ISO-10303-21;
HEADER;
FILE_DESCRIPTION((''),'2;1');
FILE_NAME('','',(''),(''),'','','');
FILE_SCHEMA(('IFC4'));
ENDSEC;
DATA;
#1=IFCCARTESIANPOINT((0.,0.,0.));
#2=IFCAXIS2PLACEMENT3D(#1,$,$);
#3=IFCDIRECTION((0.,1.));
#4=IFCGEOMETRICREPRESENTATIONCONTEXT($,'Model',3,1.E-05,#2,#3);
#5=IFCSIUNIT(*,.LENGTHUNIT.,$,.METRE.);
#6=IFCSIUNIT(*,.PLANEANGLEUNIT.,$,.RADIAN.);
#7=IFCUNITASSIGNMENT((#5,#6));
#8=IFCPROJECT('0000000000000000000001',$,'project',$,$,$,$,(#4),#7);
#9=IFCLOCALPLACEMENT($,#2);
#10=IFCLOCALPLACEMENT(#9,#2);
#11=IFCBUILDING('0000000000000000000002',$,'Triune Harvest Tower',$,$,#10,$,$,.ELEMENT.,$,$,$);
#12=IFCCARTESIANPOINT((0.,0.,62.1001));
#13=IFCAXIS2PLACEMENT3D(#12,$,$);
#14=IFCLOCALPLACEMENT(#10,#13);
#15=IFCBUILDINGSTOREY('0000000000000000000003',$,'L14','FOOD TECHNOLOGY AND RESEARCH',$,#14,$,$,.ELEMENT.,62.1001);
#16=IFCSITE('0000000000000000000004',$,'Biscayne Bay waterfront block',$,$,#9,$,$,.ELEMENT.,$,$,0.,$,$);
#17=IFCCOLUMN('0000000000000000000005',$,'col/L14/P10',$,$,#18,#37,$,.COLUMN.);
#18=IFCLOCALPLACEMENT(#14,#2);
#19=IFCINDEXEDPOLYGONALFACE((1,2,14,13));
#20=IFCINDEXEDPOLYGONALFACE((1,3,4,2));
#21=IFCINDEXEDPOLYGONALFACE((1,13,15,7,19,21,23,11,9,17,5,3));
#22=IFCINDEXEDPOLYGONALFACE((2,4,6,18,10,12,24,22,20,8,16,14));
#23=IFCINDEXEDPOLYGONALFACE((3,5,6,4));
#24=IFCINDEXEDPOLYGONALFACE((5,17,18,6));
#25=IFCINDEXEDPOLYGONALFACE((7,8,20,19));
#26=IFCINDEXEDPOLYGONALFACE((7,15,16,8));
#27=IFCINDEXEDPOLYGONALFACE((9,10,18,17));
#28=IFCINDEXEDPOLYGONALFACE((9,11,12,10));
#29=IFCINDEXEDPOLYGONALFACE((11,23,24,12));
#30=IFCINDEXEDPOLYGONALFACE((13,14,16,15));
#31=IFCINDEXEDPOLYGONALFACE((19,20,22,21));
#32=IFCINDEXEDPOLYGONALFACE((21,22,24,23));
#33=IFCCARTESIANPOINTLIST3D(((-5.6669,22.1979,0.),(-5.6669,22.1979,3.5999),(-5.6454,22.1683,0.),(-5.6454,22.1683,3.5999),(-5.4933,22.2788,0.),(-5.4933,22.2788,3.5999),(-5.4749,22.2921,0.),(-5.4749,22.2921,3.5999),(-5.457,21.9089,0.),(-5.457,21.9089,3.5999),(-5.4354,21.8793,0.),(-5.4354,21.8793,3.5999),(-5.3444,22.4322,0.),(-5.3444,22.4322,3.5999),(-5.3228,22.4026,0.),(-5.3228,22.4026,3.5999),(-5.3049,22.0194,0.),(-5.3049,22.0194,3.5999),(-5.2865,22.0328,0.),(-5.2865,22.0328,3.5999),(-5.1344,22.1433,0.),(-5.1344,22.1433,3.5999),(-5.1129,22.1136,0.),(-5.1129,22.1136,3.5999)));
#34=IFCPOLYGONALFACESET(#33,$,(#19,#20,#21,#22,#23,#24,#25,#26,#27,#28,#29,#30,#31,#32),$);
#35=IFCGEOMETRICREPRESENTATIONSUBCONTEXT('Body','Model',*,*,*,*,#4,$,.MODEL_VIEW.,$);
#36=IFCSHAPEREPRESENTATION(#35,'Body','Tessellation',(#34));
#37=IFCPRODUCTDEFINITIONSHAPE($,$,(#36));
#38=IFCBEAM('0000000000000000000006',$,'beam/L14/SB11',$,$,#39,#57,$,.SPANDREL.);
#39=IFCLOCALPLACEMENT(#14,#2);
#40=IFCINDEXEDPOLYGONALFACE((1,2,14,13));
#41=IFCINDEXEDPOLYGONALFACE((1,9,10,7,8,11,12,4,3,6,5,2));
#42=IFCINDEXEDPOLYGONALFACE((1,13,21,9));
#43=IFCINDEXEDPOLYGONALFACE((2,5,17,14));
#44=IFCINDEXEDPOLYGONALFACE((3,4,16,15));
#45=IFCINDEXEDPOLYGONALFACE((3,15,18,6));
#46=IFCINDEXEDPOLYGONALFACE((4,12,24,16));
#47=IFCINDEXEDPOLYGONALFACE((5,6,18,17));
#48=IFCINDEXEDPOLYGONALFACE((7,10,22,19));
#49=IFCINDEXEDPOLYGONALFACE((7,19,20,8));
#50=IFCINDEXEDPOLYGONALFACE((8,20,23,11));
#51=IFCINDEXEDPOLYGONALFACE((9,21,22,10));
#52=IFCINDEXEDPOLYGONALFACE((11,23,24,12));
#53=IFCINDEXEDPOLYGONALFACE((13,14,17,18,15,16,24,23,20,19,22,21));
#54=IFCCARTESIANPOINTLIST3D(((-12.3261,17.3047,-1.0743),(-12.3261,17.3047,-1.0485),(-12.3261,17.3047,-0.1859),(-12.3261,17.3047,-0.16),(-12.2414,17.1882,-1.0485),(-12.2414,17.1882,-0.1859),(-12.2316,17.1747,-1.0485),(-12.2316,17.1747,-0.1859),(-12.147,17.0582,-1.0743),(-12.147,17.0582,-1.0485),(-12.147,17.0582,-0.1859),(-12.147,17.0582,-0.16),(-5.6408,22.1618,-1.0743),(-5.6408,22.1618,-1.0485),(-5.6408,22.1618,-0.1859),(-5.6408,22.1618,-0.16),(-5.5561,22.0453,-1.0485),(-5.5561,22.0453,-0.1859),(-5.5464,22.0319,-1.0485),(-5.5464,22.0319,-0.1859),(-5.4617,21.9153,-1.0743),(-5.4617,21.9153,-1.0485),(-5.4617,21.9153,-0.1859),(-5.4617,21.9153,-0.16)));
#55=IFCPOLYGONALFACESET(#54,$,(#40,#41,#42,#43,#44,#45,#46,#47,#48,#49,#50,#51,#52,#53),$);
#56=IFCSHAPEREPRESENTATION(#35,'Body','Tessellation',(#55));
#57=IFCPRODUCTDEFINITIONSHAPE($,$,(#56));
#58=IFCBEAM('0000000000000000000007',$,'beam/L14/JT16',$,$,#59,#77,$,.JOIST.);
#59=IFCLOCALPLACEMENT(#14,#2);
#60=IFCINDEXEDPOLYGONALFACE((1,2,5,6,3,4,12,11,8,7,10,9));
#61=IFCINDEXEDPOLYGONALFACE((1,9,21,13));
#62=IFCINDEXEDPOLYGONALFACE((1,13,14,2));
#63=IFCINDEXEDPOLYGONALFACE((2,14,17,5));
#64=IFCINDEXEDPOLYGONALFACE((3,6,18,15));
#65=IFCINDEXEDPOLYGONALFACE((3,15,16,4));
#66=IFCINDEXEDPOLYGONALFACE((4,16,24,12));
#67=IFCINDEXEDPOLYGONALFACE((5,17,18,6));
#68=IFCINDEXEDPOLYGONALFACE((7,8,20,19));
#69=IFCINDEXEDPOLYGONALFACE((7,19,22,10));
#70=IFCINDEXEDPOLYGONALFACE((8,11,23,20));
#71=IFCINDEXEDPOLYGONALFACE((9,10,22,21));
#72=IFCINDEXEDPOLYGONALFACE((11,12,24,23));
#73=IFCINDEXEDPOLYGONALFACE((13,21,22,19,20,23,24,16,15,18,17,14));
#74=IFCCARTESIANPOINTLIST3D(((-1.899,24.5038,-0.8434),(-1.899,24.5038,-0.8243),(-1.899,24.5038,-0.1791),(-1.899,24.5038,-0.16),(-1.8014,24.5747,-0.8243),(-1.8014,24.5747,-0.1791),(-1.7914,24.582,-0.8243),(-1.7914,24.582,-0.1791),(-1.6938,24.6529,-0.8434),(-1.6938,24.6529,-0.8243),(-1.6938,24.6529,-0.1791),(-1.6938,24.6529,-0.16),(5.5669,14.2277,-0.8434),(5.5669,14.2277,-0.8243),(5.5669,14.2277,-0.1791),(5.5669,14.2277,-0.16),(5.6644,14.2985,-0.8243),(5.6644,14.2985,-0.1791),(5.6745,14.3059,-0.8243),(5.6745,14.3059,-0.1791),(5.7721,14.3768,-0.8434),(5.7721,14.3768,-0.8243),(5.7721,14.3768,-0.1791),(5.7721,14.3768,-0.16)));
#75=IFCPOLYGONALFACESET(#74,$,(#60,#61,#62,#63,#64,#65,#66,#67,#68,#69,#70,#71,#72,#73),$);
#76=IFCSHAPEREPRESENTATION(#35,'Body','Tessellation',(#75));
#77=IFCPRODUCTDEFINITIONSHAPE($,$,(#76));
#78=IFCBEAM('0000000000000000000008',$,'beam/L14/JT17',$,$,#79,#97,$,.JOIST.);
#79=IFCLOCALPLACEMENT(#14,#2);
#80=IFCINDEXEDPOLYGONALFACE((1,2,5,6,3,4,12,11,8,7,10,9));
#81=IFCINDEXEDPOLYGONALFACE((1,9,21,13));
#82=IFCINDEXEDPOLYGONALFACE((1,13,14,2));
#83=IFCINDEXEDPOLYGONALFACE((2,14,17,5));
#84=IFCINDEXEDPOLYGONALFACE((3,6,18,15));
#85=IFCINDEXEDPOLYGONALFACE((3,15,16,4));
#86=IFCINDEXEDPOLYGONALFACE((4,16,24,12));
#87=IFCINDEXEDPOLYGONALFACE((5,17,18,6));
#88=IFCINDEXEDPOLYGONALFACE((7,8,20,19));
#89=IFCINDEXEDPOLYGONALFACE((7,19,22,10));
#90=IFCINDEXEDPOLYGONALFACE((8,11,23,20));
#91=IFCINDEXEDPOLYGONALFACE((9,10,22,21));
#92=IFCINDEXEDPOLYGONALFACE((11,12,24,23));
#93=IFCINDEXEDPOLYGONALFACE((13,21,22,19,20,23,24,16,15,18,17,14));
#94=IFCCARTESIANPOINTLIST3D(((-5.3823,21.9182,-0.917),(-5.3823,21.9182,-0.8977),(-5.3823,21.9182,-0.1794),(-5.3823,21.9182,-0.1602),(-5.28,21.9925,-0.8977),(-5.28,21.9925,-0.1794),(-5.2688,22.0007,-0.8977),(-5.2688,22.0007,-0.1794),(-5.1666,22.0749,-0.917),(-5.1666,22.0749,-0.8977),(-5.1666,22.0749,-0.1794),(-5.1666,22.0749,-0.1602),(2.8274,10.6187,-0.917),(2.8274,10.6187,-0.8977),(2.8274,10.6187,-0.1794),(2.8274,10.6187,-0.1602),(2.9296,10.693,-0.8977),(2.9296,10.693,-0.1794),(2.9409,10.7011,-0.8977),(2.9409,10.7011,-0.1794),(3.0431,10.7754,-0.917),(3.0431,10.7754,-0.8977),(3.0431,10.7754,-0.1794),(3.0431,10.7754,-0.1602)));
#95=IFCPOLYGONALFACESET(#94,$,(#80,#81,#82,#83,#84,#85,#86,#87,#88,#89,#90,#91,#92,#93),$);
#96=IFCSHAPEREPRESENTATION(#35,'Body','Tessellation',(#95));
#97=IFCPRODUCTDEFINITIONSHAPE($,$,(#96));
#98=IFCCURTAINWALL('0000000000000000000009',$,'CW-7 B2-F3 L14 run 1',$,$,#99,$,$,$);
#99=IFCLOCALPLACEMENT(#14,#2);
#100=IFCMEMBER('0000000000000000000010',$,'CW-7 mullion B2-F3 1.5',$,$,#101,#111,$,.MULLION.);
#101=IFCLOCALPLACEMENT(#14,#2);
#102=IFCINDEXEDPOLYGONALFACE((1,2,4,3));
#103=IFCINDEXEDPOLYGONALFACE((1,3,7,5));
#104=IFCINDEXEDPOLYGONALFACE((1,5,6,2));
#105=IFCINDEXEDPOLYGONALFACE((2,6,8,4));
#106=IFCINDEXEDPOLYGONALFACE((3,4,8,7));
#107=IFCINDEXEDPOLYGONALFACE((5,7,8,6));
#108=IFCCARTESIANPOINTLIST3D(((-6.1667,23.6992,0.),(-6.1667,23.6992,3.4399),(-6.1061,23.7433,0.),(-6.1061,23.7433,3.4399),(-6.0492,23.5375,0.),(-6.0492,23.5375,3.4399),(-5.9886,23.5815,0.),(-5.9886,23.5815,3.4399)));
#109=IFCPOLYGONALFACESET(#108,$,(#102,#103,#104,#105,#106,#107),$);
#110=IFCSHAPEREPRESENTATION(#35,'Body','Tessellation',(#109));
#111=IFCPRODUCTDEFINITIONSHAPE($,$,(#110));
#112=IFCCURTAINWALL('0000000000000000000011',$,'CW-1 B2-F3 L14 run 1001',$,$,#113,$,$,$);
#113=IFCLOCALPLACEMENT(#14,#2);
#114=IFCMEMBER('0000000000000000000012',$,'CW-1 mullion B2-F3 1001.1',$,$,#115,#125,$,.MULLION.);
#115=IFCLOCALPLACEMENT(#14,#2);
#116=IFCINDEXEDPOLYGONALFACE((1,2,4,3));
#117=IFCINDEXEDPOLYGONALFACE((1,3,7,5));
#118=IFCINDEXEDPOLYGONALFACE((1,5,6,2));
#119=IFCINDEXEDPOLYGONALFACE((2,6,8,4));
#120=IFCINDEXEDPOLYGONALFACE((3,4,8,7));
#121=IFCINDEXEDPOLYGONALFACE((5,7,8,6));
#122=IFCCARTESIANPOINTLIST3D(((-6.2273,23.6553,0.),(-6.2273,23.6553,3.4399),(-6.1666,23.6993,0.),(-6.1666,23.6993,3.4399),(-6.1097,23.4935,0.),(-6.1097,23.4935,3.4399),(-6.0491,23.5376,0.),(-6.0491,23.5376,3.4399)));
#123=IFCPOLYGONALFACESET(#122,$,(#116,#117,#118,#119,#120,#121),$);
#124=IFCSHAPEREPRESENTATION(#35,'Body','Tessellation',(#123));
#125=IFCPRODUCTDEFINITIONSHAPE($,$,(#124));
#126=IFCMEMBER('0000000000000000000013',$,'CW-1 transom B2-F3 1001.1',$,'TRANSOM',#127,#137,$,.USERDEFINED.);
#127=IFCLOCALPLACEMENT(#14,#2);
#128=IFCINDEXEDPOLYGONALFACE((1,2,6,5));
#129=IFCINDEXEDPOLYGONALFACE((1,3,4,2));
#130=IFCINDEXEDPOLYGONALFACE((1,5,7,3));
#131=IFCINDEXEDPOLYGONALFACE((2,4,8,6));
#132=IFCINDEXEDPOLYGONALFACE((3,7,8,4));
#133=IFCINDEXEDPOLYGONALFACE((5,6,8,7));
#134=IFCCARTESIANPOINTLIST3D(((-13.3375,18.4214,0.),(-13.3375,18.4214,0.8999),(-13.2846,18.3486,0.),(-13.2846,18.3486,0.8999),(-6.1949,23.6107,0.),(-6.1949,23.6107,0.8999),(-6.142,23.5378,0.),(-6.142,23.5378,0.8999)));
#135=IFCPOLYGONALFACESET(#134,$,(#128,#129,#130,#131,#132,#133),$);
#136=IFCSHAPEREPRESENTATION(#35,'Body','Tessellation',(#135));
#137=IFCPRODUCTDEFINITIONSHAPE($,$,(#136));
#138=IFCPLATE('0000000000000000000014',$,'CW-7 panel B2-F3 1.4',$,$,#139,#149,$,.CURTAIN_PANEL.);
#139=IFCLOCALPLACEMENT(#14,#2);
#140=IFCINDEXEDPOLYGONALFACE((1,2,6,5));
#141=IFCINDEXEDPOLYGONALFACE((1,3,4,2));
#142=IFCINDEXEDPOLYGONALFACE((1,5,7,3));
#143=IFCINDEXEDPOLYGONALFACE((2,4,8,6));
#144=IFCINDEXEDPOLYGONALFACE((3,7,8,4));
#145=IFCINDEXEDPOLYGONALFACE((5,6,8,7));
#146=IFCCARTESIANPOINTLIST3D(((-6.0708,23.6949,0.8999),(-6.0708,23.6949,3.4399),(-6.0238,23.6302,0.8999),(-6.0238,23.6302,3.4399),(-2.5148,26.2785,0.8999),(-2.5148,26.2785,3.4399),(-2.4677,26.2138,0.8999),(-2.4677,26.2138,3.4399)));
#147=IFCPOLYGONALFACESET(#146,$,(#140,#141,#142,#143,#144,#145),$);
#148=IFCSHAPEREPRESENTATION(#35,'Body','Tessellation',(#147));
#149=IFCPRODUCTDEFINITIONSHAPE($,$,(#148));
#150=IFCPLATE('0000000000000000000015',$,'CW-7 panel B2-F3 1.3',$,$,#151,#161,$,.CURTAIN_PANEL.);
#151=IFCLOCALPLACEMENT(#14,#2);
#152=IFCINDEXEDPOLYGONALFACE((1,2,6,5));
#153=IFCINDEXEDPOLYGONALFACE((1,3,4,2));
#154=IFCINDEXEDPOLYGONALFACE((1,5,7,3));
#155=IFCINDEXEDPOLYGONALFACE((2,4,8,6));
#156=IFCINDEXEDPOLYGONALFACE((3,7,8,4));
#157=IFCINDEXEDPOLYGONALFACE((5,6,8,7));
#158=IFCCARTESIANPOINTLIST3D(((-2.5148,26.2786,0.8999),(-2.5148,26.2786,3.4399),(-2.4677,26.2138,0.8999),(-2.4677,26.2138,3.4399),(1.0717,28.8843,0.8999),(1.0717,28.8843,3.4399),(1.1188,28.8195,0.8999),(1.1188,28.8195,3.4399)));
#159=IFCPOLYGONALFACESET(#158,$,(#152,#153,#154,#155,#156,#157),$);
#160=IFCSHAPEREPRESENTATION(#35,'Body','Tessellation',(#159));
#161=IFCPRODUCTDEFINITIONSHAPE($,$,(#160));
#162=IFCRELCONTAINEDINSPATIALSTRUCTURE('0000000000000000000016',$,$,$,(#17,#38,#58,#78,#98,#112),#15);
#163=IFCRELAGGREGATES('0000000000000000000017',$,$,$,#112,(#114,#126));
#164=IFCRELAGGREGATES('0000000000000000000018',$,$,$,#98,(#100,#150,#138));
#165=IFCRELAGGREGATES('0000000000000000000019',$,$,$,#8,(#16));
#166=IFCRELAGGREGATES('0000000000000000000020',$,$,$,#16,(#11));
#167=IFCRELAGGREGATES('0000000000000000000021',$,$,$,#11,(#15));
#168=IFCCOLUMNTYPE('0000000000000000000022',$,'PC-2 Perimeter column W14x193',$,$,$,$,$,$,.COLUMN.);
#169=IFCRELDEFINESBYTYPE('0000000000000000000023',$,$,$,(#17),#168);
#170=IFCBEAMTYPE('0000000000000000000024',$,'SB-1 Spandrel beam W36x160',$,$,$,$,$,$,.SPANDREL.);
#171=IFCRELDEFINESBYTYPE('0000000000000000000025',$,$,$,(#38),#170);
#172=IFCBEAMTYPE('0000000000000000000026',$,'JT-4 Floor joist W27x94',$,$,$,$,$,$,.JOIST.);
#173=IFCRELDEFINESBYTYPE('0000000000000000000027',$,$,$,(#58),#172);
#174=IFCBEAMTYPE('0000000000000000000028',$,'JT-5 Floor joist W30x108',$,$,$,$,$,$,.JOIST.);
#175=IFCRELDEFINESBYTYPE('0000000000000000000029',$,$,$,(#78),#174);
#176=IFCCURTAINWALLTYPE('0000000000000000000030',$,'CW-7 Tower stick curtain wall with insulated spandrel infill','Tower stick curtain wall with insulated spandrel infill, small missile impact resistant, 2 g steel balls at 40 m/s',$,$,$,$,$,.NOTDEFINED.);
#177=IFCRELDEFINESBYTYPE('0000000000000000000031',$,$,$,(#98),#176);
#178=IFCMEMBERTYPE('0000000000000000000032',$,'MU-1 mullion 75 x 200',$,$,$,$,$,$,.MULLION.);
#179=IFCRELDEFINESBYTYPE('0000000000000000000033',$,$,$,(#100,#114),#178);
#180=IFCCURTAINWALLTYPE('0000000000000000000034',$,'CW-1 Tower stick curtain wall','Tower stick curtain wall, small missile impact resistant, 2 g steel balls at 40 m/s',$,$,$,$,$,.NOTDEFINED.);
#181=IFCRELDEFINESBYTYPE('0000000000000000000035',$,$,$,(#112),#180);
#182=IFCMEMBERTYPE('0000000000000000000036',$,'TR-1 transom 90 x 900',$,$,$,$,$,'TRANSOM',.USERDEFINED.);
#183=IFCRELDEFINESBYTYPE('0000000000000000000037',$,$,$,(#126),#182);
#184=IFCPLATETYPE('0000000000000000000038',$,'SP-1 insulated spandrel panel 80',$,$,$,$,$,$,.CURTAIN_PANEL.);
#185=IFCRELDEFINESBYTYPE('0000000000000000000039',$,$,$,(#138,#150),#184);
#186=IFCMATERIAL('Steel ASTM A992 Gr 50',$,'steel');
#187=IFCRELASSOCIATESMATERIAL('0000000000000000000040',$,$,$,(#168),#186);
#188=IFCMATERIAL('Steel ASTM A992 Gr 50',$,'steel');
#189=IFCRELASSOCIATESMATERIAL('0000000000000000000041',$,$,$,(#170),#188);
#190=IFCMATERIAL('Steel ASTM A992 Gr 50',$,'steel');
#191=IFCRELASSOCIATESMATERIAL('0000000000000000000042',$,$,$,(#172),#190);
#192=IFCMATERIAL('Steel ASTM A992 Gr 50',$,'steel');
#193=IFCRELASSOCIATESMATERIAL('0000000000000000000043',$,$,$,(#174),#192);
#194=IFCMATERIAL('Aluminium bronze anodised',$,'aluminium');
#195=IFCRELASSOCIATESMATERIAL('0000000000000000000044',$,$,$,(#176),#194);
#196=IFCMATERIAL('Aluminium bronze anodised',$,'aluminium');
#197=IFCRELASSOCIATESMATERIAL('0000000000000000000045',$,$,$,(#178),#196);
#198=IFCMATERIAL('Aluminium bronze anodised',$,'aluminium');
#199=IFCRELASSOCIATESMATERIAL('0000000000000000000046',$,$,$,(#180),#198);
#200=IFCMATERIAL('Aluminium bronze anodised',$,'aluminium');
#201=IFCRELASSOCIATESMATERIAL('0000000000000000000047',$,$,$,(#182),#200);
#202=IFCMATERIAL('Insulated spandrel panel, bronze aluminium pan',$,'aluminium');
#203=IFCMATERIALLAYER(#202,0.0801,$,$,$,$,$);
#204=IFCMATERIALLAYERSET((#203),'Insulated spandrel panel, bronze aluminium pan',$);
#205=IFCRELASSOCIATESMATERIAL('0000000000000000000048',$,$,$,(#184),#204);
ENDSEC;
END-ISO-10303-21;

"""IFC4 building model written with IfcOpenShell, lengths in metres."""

from ifc_helpers import new_model, si_unit, direction, frame, origin, origin_2d, place, context, subcontext, project, spatial, rectangle, i_section, extrude, source, transform, mapped, material, layer, layer_set, material_profile, profile_set, type_object, element, aggregate, save


model = new_model("IFC4")

# Units and contexts
model_context = context("Model", 3, precision=1e-05, world=origin(), true_north=direction((0.0, 1.0)))
body_context = subcontext(model_context, "Body", "Model", "MODEL_VIEW")
ifc_project = project(units=[si_unit("LENGTHUNIT", "METRE"), si_unit("PLANEANGLEUNIT", "RADIAN")], contexts=[model_context])

# Site, building, storey
site_placement = place(None, origin())
site = spatial("IfcSite", under=ifc_project, at=site_placement, Name="Biscayne Bay waterfront block", CompositionType="ELEMENT", RefElevation=0.0)
building_placement = place(site_placement, origin())
building = spatial("IfcBuilding", under=site, at=building_placement, Name="Triune Harvest Tower", CompositionType="ELEMENT")
storey_placement = place(building_placement, frame((0.0, 0.0, 62.1001)))
storey = spatial("IfcBuildingStorey", under=building, at=storey_placement, Name="L14", Description="FOOD TECHNOLOGY AND RESEARCH", CompositionType="ELEMENT", Elevation=62.1001)

# Column
ifc_material_1 = material(Name="Steel ASTM A992 Gr 50", Category="steel")
ifc_material_profile_1 = material_profile(ifc_material_1, i_section(OverallWidth=0.3987, OverallDepth=0.3938, WebThickness=0.0227, FlangeThickness=0.0366, at=origin_2d()), Name="W14x193")
ifc_profile_set_1 = profile_set([ifc_material_profile_1], Name="Steel ASTM A992 Gr 50")
column_type = type_object("IfcColumnType", Name="PC-2 Perimeter column W14x193", PredefinedType="COLUMN", material=ifc_profile_set_1)
shared_shape_1 = source(origin(), body_context, "Body", "SweptSolid", [
    extrude(i_section(OverallWidth=0.3987, OverallDepth=0.3938, WebThickness=0.0227, FlangeThickness=0.0366, at=origin_2d()), origin(), (0.0, 0.0, 1.0), 3.5999),
])
column_placement = place(storey_placement, frame((-5.3899, 22.1558, 0.0), z_axis=(0.0, 0.0, 1.0), x_axis=(-0.809017, -0.587785, 0.0)))
element("IfcColumn", 1, at=column_placement, inside=storey, type_object=column_type, Name="col/L14/P10", PredefinedType="COLUMN", context=body_context, shape_type="MappedRepresentation", body=[
    mapped(shared_shape_1, transform((0.0, 0.0, 0.0), scale=1.0)),
])

# Beams
ifc_material_2 = material(Name="Steel ASTM A992 Gr 50", Category="steel")
ifc_material_profile_2 = material_profile(ifc_material_2, i_section(OverallWidth=0.3047, OverallDepth=0.9143, WebThickness=0.0166, FlangeThickness=0.0259, at=origin_2d()), Name="W36x160")
ifc_profile_set_2 = profile_set([ifc_material_profile_2], Name="Steel ASTM A992 Gr 50")
beam_type_1 = type_object("IfcBeamType", Name="SB-1 Spandrel beam W36x160", PredefinedType="SPANDREL", material=ifc_profile_set_2)
shared_shape_2 = source(origin(), body_context, "Body", "SweptSolid", [
    extrude(i_section(OverallWidth=0.3047, OverallDepth=0.9143, WebThickness=0.0166, FlangeThickness=0.0259, at=origin_2d()), origin(), (0.0, 0.0, 1.0), 8.2634),
])
beam_1_placement = place(storey_placement, frame((-5.5513, 22.0386, -0.6172), z_axis=(-0.809016, -0.587787, 0.0), x_axis=(0.587787, -0.809016, 0.0)))
element("IfcBeam", 2, at=beam_1_placement, inside=storey, type_object=beam_type_1, Name="beam/L14/SB11", PredefinedType="SPANDREL", context=body_context, shape_type="MappedRepresentation", body=[
    mapped(shared_shape_2, transform((0.0, 0.0, 0.0), scale=1.0)),
])
ifc_material_3 = material(Name="Steel ASTM A992 Gr 50", Category="steel")
ifc_material_profile_3 = material_profile(ifc_material_3, i_section(OverallWidth=0.2537, OverallDepth=0.6833, WebThickness=0.0125, FlangeThickness=0.019, at=origin_2d()), Name="W27x94")
ifc_profile_set_3 = profile_set([ifc_material_profile_3], Name="Steel ASTM A992 Gr 50")
beam_type_2 = type_object("IfcBeamType", Name="JT-4 Floor joist W27x94", PredefinedType="JOIST", material=ifc_profile_set_3)
shared_shape_3 = source(origin(), body_context, "Body", "SweptSolid", [
    extrude(i_section(OverallWidth=0.2537, OverallDepth=0.6833, WebThickness=0.0125, FlangeThickness=0.019, at=origin_2d()), origin(), (0.0, 0.0, 1.0), 12.7019),
])
beam_2_placement = place(storey_placement, frame((-1.7964, 24.5784, -0.5017), z_axis=(0.587774, -0.809025, 0.0), x_axis=(0.809025, 0.587774, 0.0)))
element("IfcBeam", 3, at=beam_2_placement, inside=storey, type_object=beam_type_2, Name="beam/L14/JT16", PredefinedType="JOIST", context=body_context, shape_type="MappedRepresentation", body=[
    mapped(shared_shape_3, transform((0.0, 0.0, 0.0), scale=1.0)),
])
ifc_material_4 = material(Name="Steel ASTM A992 Gr 50", Category="steel")
ifc_material_profile_4 = material_profile(ifc_material_4, i_section(OverallWidth=0.2666, OverallDepth=0.7568, WebThickness=0.0139, FlangeThickness=0.0193, at=origin_2d()), Name="W30x108")
ifc_profile_set_4 = profile_set([ifc_material_profile_4], Name="Steel ASTM A992 Gr 50")
beam_type_3 = type_object("IfcBeamType", Name="JT-5 Floor joist W30x108", PredefinedType="JOIST", material=ifc_profile_set_4)
shared_shape_4 = source(origin(), body_context, "Body", "SweptSolid", [
    extrude(i_section(OverallWidth=0.2666, OverallDepth=0.7568, WebThickness=0.0139, FlangeThickness=0.0193, at=origin_2d()), origin(), (0.0, 0.0, 1.0), 13.967),
])
beam_3_placement = place(storey_placement, frame((-5.2744, 21.9966, -0.5386), z_axis=(0.58779, -0.809013, 0.0), x_axis=(0.809013, 0.58779, 0.0)))
element("IfcBeam", 4, at=beam_3_placement, inside=storey, type_object=beam_type_3, Name="beam/L14/JT17", PredefinedType="JOIST", context=body_context, shape_type="MappedRepresentation", body=[
    mapped(shared_shape_4, transform((0.0, 0.0, 0.0), scale=1.0)),
])

# Curtain wall, member
ifc_material_5 = material(Name="Aluminium bronze anodised", Category="aluminium")
curtain_wall_type_1 = type_object("IfcCurtainWallType", Name="CW-7 Tower stick curtain wall with insulated spandrel infill", Description="Tower stick curtain wall with insulated spandrel infill, small missile impact resistant, 2 g steel balls at 40 m/s", PredefinedType="NOTDEFINED", material=ifc_material_5)
curtain_wall_1_placement = place(storey_placement, origin())
curtain_wall_1 = element("IfcCurtainWall", 5, at=curtain_wall_1_placement, inside=storey, type_object=curtain_wall_type_1, Name="CW-7 B2-F3 L14 run 1")
ifc_material_6 = material(Name="Aluminium bronze anodised", Category="aluminium")
ifc_material_profile_5 = material_profile(ifc_material_6, rectangle(XDim=0.2, YDim=0.075, at=origin_2d()), Name="MU-1 mullion 75 x 200")
ifc_profile_set_5 = profile_set([ifc_material_profile_5], Name="Aluminium bronze anodised")
member_type_1 = type_object("IfcMemberType", Name="MU-1 mullion 75 x 200", PredefinedType="MULLION", material=ifc_profile_set_5)
shared_shape_5 = source(origin(), body_context, "Body", "SweptSolid", [
    extrude(rectangle(XDim=0.2, YDim=0.075, at=origin_2d()), origin(), (0.0, 0.0, 1.0), 3.4399),
])
member_1_placement = place(storey_placement, frame((-6.0776, 23.6404, 0.0), z_axis=(0.0, 0.0, 1.0), x_axis=(0.587783, -0.809018, 0.0)))
member_1 = element("IfcMember", 6, at=member_1_placement, type_object=member_type_1, Name="CW-7 mullion B2-F3 1.5", PredefinedType="MULLION", context=body_context, shape_type="MappedRepresentation", body=[
    mapped(shared_shape_5, transform((0.0, 0.0, 0.0), scale=1.0)),
])

# Curtain wall, members
ifc_material_7 = material(Name="Aluminium bronze anodised", Category="aluminium")
curtain_wall_type_2 = type_object("IfcCurtainWallType", Name="CW-1 Tower stick curtain wall", Description="Tower stick curtain wall, small missile impact resistant, 2 g steel balls at 40 m/s", PredefinedType="NOTDEFINED", material=ifc_material_7)
curtain_wall_2_placement = place(storey_placement, origin())
curtain_wall_2 = element("IfcCurtainWall", 7, at=curtain_wall_2_placement, inside=storey, type_object=curtain_wall_type_2, Name="CW-1 B2-F3 L14 run 1001")
member_2_placement = place(storey_placement, frame((-6.1382, 23.5964, 0.0), z_axis=(0.0, 0.0, 1.0), x_axis=(0.587786, -0.809016, 0.0)))
member_2 = element("IfcMember", 8, at=member_2_placement, type_object=member_type_1, Name="CW-1 mullion B2-F3 1001.1", PredefinedType="MULLION", context=body_context, shape_type="MappedRepresentation", body=[
    mapped(shared_shape_5, transform((0.0, 0.0, 0.0), scale=1.0)),
])
ifc_material_8 = material(Name="Aluminium bronze anodised", Category="aluminium")
ifc_material_profile_6 = material_profile(ifc_material_8, rectangle(XDim=0.0901, YDim=0.8999, at=origin_2d()), Name="TR-1 transom 90 x 900")
ifc_profile_set_6 = profile_set([ifc_material_profile_6], Name="Aluminium bronze anodised")
member_type_2 = type_object("IfcMemberType", Name="TR-1 transom 90 x 900", ElementType="TRANSOM", PredefinedType="USERDEFINED", material=ifc_profile_set_6)
shared_shape_6 = source(origin(), body_context, "Body", "SweptSolid", [
    extrude(rectangle(XDim=0.0901, YDim=0.8999, at=origin_2d()), origin(), (0.0, 0.0, 1.0), 8.8286),
])
member_3_placement = place(storey_placement, frame((-6.1685, 23.5742, 0.45), z_axis=(-0.809027, -0.587772, 0.0), x_axis=(0.587772, -0.809027, 0.0)))
member_3 = element("IfcMember", 9, at=member_3_placement, type_object=member_type_2, Name="CW-1 transom B2-F3 1001.1", ObjectType="TRANSOM", PredefinedType="USERDEFINED", context=body_context, shape_type="MappedRepresentation", body=[
    mapped(shared_shape_6, transform((0.0, 0.0, 0.0), scale=1.0)),
])
aggregate(curtain_wall_2, [member_2, member_3])

# Plates
ifc_material_9 = material(Name="Insulated spandrel panel, bronze aluminium pan", Category="aluminium")
ifc_layer_1 = layer(ifc_material_9, 0.0801)
ifc_layer_set_1 = layer_set([ifc_layer_1], Name="Insulated spandrel panel, bronze aluminium pan")
plate_type = type_object("IfcPlateType", Name="SP-1 insulated spandrel panel 80", PredefinedType="CURTAIN_PANEL", material=ifc_layer_set_1)
shared_shape_7 = source(origin(), body_context, "Body", "SweptSolid", [
    extrude(rectangle(XDim=4.3955, YDim=0.0801, at=origin_2d()), origin(), (0.0, 0.0, 1.0), 2.54),
])
plate_1_placement = place(storey_placement, frame((-4.2693, 24.9543, 0.8999), z_axis=(0.0, 0.0, 1.0), x_axis=(-0.809018, -0.587783, 0.0)))
plate_1 = element("IfcPlate", 10, at=plate_1_placement, type_object=plate_type, Name="CW-7 panel B2-F3 1.4", PredefinedType="CURTAIN_PANEL", context=body_context, shape_type="MappedRepresentation", body=[
    mapped(shared_shape_7, transform((0.0, 0.0, 0.0), scale=1.0)),
])
shared_shape_8 = source(origin(), body_context, "Body", "SweptSolid", [
    extrude(rectangle(XDim=4.4331, YDim=0.0801, at=origin_2d()), origin(), (0.0, 0.0, 1.0), 2.54),
])
plate_2_placement = place(storey_placement, frame((-0.698, 27.5491, 0.8999), z_axis=(0.0, 0.0, 1.0), x_axis=(-0.809018, -0.587783, 0.0)))
plate_2 = element("IfcPlate", 11, at=plate_2_placement, type_object=plate_type, Name="CW-7 panel B2-F3 1.3", PredefinedType="CURTAIN_PANEL", context=body_context, shape_type="MappedRepresentation", body=[
    mapped(shared_shape_8, transform((0.0, 0.0, 0.0), scale=1.0)),
])
aggregate(curtain_wall_1, [member_1, plate_2, plate_1])

save(model, "model.ifc")
